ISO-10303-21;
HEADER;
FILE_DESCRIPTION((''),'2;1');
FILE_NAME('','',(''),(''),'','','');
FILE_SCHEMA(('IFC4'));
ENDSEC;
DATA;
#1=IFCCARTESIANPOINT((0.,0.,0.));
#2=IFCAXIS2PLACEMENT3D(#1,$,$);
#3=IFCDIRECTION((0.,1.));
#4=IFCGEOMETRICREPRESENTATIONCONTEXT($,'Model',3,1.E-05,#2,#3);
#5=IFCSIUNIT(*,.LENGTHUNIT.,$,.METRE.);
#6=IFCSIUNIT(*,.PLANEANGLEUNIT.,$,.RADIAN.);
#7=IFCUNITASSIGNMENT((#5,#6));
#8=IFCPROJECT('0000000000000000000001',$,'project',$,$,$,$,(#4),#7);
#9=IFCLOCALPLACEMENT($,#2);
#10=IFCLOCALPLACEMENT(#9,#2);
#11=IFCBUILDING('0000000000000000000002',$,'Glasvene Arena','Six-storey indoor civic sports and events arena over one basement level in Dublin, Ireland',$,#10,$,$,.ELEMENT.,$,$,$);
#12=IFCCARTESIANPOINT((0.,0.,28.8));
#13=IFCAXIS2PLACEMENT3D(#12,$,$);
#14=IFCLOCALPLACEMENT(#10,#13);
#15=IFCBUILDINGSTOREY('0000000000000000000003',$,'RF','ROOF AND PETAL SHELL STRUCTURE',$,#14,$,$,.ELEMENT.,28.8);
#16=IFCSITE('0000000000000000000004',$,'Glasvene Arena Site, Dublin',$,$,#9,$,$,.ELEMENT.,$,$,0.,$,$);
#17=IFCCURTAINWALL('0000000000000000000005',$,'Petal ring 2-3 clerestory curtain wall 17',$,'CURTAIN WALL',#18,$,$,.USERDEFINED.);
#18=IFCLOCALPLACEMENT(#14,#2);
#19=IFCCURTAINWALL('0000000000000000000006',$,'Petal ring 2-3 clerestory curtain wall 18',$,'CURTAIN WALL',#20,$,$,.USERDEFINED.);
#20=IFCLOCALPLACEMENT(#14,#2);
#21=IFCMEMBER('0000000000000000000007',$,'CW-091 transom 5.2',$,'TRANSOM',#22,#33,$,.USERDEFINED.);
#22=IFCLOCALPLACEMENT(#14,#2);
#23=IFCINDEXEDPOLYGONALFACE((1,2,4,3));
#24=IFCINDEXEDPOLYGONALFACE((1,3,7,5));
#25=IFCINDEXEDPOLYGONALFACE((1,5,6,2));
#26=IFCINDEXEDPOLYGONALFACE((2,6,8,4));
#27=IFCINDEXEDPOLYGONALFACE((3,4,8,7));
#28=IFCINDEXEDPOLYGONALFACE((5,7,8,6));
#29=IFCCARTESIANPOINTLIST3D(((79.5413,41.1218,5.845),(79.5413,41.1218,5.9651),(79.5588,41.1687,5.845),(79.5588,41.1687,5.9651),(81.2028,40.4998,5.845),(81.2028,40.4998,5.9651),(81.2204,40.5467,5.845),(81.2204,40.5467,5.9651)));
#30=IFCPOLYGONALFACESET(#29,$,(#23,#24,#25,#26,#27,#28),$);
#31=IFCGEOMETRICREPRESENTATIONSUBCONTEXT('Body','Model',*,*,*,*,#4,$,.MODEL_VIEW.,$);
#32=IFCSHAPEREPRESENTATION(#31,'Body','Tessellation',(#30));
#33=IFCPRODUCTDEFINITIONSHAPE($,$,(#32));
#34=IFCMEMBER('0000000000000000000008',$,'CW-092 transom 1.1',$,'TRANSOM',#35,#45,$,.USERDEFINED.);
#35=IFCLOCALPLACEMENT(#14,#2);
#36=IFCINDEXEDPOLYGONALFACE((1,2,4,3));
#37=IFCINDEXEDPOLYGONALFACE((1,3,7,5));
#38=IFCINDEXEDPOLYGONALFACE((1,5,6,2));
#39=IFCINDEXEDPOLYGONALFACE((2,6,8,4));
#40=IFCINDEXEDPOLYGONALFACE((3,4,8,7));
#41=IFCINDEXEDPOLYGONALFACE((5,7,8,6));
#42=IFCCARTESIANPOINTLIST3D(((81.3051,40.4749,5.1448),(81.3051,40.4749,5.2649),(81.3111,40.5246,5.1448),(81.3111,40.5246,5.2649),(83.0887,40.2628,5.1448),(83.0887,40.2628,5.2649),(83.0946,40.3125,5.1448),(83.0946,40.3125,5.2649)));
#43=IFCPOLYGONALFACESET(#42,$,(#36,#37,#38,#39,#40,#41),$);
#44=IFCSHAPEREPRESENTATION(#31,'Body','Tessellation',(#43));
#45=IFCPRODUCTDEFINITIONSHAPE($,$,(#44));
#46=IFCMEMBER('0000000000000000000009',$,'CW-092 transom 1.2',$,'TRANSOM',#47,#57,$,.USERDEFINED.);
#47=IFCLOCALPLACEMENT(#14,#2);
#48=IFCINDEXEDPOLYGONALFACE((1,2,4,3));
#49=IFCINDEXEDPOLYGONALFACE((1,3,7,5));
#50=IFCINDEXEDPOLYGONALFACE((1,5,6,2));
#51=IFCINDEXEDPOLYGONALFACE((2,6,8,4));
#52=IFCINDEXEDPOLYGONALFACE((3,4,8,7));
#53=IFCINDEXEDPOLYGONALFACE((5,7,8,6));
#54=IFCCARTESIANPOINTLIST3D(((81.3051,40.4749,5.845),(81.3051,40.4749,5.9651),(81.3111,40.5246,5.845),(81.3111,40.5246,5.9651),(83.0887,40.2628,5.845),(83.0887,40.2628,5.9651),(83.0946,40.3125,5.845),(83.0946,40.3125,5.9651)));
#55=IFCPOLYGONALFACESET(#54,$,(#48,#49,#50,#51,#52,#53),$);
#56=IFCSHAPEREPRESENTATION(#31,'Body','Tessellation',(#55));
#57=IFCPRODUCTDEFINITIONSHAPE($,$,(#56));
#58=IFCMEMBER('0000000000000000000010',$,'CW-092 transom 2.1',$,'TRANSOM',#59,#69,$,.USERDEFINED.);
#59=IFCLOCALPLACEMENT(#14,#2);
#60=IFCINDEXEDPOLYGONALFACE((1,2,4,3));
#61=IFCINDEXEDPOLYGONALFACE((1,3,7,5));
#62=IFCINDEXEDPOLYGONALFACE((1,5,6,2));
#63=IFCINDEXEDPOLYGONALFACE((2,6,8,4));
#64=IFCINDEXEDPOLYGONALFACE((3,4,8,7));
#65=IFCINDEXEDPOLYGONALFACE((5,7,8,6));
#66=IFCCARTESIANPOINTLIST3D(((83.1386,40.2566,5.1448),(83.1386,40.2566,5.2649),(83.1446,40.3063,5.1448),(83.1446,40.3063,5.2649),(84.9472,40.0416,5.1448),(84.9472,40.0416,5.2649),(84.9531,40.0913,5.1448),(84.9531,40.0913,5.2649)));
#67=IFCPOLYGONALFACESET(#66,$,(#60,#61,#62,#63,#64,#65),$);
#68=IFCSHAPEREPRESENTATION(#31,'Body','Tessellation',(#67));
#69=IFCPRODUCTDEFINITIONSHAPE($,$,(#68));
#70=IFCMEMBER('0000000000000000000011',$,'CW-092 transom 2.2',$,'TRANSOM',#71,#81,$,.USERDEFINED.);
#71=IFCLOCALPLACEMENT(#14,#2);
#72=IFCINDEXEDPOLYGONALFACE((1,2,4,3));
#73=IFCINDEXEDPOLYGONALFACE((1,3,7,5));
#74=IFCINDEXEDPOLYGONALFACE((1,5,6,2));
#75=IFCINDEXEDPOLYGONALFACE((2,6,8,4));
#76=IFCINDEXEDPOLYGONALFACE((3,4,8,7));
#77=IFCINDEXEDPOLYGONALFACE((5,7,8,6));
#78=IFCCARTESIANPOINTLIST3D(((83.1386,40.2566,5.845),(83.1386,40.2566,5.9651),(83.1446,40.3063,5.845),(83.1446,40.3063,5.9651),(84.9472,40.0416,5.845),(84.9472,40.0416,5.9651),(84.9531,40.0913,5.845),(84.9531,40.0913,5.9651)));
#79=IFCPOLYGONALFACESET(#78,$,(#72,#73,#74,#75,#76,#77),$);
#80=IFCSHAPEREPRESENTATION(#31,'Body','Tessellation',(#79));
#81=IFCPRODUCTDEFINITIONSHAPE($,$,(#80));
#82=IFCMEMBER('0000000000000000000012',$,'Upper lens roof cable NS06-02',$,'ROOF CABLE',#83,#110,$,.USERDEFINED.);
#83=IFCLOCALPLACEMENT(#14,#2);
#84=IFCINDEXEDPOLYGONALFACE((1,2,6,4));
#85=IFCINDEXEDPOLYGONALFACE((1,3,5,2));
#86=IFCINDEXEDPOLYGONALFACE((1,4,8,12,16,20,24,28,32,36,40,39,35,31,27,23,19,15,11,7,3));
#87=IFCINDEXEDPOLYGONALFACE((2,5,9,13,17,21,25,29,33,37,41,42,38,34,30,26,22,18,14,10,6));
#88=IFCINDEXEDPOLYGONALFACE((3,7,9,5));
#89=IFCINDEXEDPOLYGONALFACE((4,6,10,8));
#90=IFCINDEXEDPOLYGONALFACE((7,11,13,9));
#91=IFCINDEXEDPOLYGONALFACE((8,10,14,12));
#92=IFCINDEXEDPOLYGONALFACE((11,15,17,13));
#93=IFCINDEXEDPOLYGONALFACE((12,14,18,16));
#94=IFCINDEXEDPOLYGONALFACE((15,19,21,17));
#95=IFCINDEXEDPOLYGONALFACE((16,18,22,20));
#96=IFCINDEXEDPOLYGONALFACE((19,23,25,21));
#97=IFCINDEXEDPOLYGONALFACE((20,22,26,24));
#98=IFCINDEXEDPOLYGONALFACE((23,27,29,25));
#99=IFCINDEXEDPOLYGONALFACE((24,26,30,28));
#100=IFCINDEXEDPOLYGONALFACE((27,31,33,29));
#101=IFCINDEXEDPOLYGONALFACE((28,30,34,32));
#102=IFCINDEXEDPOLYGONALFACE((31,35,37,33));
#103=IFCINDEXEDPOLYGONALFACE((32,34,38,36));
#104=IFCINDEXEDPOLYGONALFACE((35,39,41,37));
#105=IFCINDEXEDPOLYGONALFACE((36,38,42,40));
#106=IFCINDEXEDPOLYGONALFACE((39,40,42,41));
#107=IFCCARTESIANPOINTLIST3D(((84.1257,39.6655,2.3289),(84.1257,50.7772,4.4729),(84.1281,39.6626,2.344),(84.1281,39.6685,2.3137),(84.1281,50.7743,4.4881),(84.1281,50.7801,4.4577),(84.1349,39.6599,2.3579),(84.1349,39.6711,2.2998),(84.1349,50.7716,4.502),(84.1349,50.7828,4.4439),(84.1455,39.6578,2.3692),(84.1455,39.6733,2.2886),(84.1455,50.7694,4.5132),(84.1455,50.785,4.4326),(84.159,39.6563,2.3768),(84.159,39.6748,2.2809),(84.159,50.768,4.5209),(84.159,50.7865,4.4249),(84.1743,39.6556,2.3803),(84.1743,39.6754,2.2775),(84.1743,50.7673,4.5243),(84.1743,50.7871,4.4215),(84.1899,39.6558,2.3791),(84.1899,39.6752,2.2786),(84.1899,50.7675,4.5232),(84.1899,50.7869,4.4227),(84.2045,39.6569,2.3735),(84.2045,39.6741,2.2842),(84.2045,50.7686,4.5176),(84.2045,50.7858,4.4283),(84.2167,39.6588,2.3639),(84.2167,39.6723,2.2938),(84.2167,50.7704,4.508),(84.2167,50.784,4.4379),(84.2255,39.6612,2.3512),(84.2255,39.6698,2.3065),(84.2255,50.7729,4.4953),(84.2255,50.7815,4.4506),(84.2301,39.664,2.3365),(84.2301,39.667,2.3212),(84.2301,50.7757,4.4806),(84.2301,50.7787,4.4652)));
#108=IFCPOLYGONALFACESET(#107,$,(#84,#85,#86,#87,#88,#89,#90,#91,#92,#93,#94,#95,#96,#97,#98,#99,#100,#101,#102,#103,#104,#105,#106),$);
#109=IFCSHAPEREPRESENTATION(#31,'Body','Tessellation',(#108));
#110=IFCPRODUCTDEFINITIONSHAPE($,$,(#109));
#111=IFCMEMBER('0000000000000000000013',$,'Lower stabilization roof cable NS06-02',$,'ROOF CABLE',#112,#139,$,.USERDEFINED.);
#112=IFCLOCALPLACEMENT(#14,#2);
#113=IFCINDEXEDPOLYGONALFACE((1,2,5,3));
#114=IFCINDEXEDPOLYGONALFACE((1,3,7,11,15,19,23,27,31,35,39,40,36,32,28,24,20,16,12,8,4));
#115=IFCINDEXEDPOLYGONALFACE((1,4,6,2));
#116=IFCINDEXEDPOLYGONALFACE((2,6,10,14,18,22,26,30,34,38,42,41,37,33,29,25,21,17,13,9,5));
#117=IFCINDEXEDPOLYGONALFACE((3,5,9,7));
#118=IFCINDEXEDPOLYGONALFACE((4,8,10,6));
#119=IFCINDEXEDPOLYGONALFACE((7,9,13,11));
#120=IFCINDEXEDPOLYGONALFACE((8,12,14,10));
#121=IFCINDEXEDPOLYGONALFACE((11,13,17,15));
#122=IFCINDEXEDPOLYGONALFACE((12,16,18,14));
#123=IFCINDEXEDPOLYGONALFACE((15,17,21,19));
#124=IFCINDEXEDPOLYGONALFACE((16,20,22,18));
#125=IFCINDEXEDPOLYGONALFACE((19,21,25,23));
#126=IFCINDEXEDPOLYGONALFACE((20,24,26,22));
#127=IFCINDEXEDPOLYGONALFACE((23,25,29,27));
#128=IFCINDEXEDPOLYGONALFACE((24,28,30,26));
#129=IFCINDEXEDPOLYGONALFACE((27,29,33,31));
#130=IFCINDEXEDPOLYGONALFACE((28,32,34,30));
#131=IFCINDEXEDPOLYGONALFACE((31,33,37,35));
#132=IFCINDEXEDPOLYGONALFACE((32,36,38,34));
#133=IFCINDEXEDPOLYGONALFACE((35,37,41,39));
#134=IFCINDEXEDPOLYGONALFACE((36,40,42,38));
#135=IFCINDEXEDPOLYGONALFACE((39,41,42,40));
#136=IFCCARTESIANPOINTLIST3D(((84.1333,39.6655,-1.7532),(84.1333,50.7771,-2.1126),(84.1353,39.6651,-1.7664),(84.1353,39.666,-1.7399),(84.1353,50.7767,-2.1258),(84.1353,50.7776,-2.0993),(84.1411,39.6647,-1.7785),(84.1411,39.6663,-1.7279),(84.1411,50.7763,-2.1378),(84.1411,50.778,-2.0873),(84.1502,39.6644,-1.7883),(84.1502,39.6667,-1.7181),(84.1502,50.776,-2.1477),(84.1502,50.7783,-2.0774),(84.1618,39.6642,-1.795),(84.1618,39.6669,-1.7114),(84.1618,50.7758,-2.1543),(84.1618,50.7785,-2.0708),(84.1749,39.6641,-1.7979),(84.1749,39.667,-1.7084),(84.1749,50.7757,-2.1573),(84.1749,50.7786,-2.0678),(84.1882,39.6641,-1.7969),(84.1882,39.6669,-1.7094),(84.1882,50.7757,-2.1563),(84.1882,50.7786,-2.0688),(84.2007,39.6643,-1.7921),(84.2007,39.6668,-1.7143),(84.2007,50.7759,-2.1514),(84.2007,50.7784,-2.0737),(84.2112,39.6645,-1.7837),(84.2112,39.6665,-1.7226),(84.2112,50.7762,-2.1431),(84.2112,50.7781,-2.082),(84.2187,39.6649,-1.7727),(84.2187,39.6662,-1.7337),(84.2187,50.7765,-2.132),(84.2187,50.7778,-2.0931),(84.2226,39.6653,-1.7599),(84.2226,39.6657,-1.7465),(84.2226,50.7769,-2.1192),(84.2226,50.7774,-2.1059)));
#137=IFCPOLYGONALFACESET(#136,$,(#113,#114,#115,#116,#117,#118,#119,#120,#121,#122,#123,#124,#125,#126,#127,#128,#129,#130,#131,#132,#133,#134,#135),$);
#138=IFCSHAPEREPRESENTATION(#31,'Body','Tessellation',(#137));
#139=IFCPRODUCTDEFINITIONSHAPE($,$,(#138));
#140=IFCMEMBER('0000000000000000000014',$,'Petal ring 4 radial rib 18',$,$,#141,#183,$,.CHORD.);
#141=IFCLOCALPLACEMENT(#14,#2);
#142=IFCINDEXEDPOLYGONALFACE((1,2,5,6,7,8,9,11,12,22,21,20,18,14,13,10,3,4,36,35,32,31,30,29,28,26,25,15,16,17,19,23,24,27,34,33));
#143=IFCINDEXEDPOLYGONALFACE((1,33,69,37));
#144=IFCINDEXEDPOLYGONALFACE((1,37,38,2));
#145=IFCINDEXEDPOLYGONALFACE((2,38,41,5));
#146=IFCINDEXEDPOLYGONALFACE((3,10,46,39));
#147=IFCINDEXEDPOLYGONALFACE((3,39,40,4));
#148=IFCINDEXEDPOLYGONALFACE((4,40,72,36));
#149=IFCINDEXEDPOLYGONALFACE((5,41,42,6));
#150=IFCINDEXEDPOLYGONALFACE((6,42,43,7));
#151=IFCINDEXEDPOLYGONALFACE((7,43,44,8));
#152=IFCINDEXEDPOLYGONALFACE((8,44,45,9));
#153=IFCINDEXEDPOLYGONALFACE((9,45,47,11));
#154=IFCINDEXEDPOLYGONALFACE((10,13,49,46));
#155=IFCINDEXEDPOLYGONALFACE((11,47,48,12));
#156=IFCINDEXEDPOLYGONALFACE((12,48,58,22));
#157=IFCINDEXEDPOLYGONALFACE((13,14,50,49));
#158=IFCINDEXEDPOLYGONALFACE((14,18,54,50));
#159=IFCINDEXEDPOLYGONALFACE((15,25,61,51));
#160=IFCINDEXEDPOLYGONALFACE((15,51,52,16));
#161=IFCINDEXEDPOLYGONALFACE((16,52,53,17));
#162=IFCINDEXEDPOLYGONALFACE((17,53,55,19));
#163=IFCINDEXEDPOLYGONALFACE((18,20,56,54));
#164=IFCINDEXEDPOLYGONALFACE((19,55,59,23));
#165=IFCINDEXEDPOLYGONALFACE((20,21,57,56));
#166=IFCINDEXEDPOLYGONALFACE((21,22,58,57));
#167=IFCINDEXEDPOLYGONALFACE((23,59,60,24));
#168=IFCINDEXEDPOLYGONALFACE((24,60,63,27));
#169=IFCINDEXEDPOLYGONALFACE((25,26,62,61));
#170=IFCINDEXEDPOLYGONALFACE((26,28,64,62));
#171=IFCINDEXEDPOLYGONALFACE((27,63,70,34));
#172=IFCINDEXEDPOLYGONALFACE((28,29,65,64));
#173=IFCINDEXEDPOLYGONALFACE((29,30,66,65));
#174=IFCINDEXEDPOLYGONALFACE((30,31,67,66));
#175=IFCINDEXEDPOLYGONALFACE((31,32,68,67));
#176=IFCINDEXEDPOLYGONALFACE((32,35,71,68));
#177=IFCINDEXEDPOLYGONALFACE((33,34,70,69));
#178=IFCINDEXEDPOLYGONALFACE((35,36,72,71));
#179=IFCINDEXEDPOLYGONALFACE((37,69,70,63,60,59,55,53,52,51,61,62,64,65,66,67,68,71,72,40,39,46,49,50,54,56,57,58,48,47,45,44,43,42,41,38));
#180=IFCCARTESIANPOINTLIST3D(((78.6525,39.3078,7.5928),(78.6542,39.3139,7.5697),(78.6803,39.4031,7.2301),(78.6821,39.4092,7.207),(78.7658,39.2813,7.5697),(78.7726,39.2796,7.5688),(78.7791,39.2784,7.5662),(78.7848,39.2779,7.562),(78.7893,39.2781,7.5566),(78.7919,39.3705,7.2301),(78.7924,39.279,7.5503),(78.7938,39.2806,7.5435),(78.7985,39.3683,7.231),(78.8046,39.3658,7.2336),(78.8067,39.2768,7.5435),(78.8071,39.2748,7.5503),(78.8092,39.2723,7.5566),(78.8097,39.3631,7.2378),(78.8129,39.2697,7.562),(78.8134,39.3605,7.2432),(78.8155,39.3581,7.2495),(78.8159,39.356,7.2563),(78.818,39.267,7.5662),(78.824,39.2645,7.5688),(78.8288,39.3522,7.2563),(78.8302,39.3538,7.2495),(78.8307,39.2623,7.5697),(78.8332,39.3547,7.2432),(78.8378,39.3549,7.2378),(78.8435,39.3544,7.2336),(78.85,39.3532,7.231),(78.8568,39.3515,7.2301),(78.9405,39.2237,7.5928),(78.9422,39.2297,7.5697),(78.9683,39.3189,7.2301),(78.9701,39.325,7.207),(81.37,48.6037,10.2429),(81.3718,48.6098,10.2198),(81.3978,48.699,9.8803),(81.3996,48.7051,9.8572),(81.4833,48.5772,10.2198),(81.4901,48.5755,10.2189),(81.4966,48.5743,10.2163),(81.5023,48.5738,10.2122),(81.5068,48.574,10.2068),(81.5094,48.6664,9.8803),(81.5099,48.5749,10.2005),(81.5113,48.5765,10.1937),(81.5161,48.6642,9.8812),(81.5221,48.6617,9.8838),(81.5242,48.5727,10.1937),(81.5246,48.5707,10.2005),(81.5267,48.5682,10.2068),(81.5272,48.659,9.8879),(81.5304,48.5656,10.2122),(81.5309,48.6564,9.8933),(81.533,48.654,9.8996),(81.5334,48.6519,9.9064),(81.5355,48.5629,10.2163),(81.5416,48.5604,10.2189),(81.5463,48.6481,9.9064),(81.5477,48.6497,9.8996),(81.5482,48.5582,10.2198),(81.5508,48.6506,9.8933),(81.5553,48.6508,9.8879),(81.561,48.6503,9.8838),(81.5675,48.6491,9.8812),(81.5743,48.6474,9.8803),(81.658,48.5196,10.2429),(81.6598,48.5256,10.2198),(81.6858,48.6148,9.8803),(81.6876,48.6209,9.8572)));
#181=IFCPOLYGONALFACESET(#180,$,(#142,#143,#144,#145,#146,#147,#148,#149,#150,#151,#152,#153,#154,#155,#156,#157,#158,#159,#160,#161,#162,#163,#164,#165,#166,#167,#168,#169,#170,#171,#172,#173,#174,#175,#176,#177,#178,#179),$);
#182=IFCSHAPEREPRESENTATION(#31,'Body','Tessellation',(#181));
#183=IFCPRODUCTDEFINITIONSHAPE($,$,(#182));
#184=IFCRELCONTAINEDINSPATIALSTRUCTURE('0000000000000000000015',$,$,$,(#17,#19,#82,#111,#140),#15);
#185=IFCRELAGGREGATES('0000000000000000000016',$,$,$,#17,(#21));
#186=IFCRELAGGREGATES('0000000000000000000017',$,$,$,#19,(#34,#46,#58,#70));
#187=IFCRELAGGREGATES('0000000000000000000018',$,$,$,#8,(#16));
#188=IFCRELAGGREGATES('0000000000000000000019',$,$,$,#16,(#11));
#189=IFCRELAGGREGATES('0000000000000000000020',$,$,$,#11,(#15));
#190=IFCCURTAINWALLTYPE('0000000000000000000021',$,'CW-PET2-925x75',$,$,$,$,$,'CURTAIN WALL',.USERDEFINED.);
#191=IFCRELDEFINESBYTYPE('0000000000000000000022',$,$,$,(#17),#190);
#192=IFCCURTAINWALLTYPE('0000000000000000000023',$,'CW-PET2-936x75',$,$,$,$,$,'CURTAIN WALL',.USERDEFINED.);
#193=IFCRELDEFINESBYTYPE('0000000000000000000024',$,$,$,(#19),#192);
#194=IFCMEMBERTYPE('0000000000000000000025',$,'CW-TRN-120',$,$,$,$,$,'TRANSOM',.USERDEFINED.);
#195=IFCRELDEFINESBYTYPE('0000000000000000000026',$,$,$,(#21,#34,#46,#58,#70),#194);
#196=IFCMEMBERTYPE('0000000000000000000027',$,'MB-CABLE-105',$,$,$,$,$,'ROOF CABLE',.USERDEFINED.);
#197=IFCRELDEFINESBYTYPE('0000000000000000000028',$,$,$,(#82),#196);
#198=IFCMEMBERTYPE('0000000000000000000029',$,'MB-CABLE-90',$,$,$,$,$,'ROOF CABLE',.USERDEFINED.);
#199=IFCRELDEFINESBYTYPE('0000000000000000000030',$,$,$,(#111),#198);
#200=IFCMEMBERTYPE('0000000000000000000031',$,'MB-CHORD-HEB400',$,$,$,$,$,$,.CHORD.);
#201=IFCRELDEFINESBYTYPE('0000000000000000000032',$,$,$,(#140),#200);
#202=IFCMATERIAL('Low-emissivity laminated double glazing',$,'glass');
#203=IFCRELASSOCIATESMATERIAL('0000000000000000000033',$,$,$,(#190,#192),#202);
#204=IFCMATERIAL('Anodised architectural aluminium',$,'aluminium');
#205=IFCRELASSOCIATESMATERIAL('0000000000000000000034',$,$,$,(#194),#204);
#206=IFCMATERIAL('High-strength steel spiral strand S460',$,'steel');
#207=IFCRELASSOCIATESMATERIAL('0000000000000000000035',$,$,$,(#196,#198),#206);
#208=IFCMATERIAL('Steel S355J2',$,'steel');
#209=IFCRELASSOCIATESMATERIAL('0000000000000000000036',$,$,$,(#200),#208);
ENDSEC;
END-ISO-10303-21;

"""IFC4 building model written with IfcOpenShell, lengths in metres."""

from ifc_helpers import new_model, si_unit, direction, frame, origin, origin_2d, place, context, subcontext, project, spatial, rectangle, circle, i_section, extrude, material, material_profile, profile_set, type_object, element, aggregate, save


model = new_model("IFC4")

# Units and contexts
model_context = context("Model", 3, precision=1e-05, world=origin(), true_north=direction((0.0, 1.0)))
body_context = subcontext(model_context, "Body", "Model", "MODEL_VIEW")
ifc_project = project(units=[si_unit("LENGTHUNIT", "METRE"), si_unit("PLANEANGLEUNIT", "RADIAN")], contexts=[model_context])

# Site, building, storey
site_placement = place(None, origin())
site = spatial("IfcSite", under=ifc_project, at=site_placement, Name="Glasvene Arena Site, Dublin", CompositionType="ELEMENT", RefElevation=0.0)
building_placement = place(site_placement, origin())
building = spatial("IfcBuilding", under=site, at=building_placement, Name="Glasvene Arena", Description="Six-storey indoor civic sports and events arena over one basement level in Dublin, Ireland", CompositionType="ELEMENT")
storey_placement = place(building_placement, frame((0.0, 0.0, 28.8)))
storey = spatial("IfcBuildingStorey", under=building, at=storey_placement, Name="RF", Description="ROOF AND PETAL SHELL STRUCTURE", CompositionType="ELEMENT", Elevation=28.8)

# Curtain walls
ifc_material_1 = material(Name="Low-emissivity laminated double glazing", Category="glass")
ifc_material_2 = material(Name="Anodised architectural aluminium", Category="aluminium")
curtain_wall_type_1 = type_object("IfcCurtainWallType", Name="CW-PET2-925x75", ElementType="CURTAIN WALL", PredefinedType="USERDEFINED", material=ifc_material_1)
curtain_wall_1_placement = place(storey_placement, frame((72.6001, 43.7476, 0.0)))
curtain_wall_1 = element("IfcCurtainWall", 1, at=curtain_wall_1_placement, inside=storey, type_object=curtain_wall_type_1, Name="Petal ring 2-3 clerestory curtain wall 17", ObjectType="CURTAIN WALL", PredefinedType="USERDEFINED")
curtain_wall_type_2 = type_object("IfcCurtainWallType", Name="CW-PET2-936x75", ElementType="CURTAIN WALL", PredefinedType="USERDEFINED", material=ifc_material_1)
curtain_wall_2_placement = place(storey_placement, frame((81.2583, 40.5056, 0.0)))
curtain_wall_2 = element("IfcCurtainWall", 2, at=curtain_wall_2_placement, inside=storey, type_object=curtain_wall_type_2, Name="Petal ring 2-3 clerestory curtain wall 18", ObjectType="CURTAIN WALL", PredefinedType="USERDEFINED")

# Members
ifc_material_profile_1 = material_profile(ifc_material_2, rectangle(XDim=0.05, YDim=0.1201, at=origin_2d()), Name="ALU TRANSOM 50x120")
ifc_profile_set_1 = profile_set([ifc_material_profile_1], Name="Anodised architectural aluminium")
member_type_1 = type_object("IfcMemberType", Name="CW-TRN-120", ElementType="TRANSOM", PredefinedType="USERDEFINED", material=ifc_profile_set_1)
member_1_placement = place(storey_placement, frame((79.55, 41.1453, 5.905), z_axis=(0.936521, -0.350611, 0.0), x_axis=(0.350611, 0.936521, 0.0)))
member_1 = element("IfcMember", 3, at=member_1_placement, type_object=member_type_1, Name="CW-091 transom 5.2", ObjectType="TRANSOM", PredefinedType="USERDEFINED", context=body_context, shape_type="SweptSolid", body=[
    extrude(rectangle(XDim=0.05, YDim=0.1201, at=origin_2d()), origin(), (0.0, 0.0, 1.0), 1.7742),
])
member_2_placement = place(storey_placement, frame((81.3081, 40.4998, 5.2048), z_axis=(0.993, -0.118111, 0.0), x_axis=(0.118111, 0.993, 0.0)))
member_2 = element("IfcMember", 4, at=member_2_placement, type_object=member_type_1, Name="CW-092 transom 1.1", ObjectType="TRANSOM", PredefinedType="USERDEFINED", context=body_context, shape_type="SweptSolid", body=[
    extrude(rectangle(XDim=0.05, YDim=0.1201, at=origin_2d()), origin(), (0.0, 0.0, 1.0), 1.7961),
])
member_3_placement = place(storey_placement, frame((81.3081, 40.4998, 5.905), z_axis=(0.993, -0.118111, 0.0), x_axis=(0.118111, 0.993, 0.0)))
member_3 = element("IfcMember", 5, at=member_3_placement, type_object=member_type_1, Name="CW-092 transom 1.2", ObjectType="TRANSOM", PredefinedType="USERDEFINED", context=body_context, shape_type="SweptSolid", body=[
    extrude(rectangle(XDim=0.05, YDim=0.1201, at=origin_2d()), origin(), (0.0, 0.0, 1.0), 1.7961),
])
member_4_placement = place(storey_placement, frame((83.1416, 40.2815, 5.2048), z_axis=(0.993003, -0.118093, 0.0), x_axis=(0.118093, 0.993003, 0.0)))
member_4 = element("IfcMember", 6, at=member_4_placement, type_object=member_type_1, Name="CW-092 transom 2.1", ObjectType="TRANSOM", PredefinedType="USERDEFINED", context=body_context, shape_type="SweptSolid", body=[
    extrude(rectangle(XDim=0.05, YDim=0.1201, at=origin_2d()), origin(), (0.0, 0.0, 1.0), 1.8213),
])
member_5_placement = place(storey_placement, frame((83.1416, 40.2815, 5.905), z_axis=(0.993003, -0.118093, 0.0), x_axis=(0.118093, 0.993003, 0.0)))
member_5 = element("IfcMember", 7, at=member_5_placement, type_object=member_type_1, Name="CW-092 transom 2.2", ObjectType="TRANSOM", PredefinedType="USERDEFINED", context=body_context, shape_type="SweptSolid", body=[
    extrude(rectangle(XDim=0.05, YDim=0.1201, at=origin_2d()), origin(), (0.0, 0.0, 1.0), 1.8213),
])

# Members
ifc_material_3 = material(Name="High-strength steel spiral strand S460", Category="steel")
ifc_material_profile_2 = material_profile(ifc_material_3, circle(Radius=0.0525, at=origin_2d()), Name="LCSS D105")
ifc_profile_set_2 = profile_set([ifc_material_profile_2], Name="High-strength steel spiral strand S460")
member_type_2 = type_object("IfcMemberType", Name="MB-CABLE-105", ElementType="ROOF CABLE", PredefinedType="USERDEFINED", material=ifc_profile_set_2)
member_6_placement = place(storey_placement, frame((84.1782, 39.6655, 2.3289), z_axis=(0.0, 0.981888, 0.189461), x_axis=(-1.0, 0.0, 0.0)))
element("IfcMember", 8, at=member_6_placement, inside=storey, type_object=member_type_2, Name="Upper lens roof cable NS06-02", ObjectType="ROOF CABLE", PredefinedType="USERDEFINED", context=body_context, shape_type="SweptSolid", body=[
    extrude(circle(Radius=0.0525, at=origin_2d()), origin(), (0.0, 0.0, 1.0), 11.3167),
])
ifc_material_profile_3 = material_profile(ifc_material_3, circle(Radius=0.0449, at=origin_2d()), Name="LCSS D90")
ifc_profile_set_3 = profile_set([ifc_material_profile_3], Name="High-strength steel spiral strand S460")
member_type_3 = type_object("IfcMemberType", Name="MB-CABLE-90", ElementType="ROOF CABLE", PredefinedType="USERDEFINED", material=ifc_profile_set_3)
member_7_placement = place(storey_placement, frame((84.1782, 39.6655, -1.7532), z_axis=(0.0, 0.999477, -0.032326), x_axis=(-1.0, 0.0, 0.0)))
element("IfcMember", 9, at=member_7_placement, inside=storey, type_object=member_type_3, Name="Lower stabilization roof cable NS06-02", ObjectType="ROOF CABLE", PredefinedType="USERDEFINED", context=body_context, shape_type="SweptSolid", body=[
    extrude(circle(Radius=0.0449, at=origin_2d()), origin(), (0.0, 0.0, 1.0), 11.1174),
])
ifc_material_4 = material(Name="Steel S355J2", Category="steel")
ifc_material_profile_4 = material_profile(ifc_material_4, i_section(OverallWidth=0.3, OverallDepth=0.3999, WebThickness=0.0134, FlangeThickness=0.0239, FilletRadius=0.0271, at=origin_2d()), Name="HEB 400")
ifc_profile_set_4 = profile_set([ifc_material_profile_4], Name="Steel S355J2")
member_type_4 = type_object("IfcMemberType", Name="MB-CHORD-HEB400", PredefinedType="CHORD", material=ifc_profile_set_4)
member_8_placement = place(storey_placement, frame((78.8113, 39.3164, 7.3999), z_axis=(0.270643, 0.925793, 0.263932), x_axis=(-0.959827, 0.280592, 0.0)))
element("IfcMember", 10, at=member_8_placement, inside=storey, type_object=member_type_4, Name="Petal ring 4 radial rib 18", PredefinedType="CHORD", context=body_context, shape_type="SweptSolid", body=[
    extrude(i_section(OverallWidth=0.3, OverallDepth=0.3999, WebThickness=0.0134, FlangeThickness=0.0239, FilletRadius=0.0271, at=origin_2d()), origin(), (0.0, 0.0, 1.0), 10.041),
])

aggregate(curtain_wall_1, [member_1])
aggregate(curtain_wall_2, [member_2, member_3, member_4, member_5])

save(model, "model.ifc")
